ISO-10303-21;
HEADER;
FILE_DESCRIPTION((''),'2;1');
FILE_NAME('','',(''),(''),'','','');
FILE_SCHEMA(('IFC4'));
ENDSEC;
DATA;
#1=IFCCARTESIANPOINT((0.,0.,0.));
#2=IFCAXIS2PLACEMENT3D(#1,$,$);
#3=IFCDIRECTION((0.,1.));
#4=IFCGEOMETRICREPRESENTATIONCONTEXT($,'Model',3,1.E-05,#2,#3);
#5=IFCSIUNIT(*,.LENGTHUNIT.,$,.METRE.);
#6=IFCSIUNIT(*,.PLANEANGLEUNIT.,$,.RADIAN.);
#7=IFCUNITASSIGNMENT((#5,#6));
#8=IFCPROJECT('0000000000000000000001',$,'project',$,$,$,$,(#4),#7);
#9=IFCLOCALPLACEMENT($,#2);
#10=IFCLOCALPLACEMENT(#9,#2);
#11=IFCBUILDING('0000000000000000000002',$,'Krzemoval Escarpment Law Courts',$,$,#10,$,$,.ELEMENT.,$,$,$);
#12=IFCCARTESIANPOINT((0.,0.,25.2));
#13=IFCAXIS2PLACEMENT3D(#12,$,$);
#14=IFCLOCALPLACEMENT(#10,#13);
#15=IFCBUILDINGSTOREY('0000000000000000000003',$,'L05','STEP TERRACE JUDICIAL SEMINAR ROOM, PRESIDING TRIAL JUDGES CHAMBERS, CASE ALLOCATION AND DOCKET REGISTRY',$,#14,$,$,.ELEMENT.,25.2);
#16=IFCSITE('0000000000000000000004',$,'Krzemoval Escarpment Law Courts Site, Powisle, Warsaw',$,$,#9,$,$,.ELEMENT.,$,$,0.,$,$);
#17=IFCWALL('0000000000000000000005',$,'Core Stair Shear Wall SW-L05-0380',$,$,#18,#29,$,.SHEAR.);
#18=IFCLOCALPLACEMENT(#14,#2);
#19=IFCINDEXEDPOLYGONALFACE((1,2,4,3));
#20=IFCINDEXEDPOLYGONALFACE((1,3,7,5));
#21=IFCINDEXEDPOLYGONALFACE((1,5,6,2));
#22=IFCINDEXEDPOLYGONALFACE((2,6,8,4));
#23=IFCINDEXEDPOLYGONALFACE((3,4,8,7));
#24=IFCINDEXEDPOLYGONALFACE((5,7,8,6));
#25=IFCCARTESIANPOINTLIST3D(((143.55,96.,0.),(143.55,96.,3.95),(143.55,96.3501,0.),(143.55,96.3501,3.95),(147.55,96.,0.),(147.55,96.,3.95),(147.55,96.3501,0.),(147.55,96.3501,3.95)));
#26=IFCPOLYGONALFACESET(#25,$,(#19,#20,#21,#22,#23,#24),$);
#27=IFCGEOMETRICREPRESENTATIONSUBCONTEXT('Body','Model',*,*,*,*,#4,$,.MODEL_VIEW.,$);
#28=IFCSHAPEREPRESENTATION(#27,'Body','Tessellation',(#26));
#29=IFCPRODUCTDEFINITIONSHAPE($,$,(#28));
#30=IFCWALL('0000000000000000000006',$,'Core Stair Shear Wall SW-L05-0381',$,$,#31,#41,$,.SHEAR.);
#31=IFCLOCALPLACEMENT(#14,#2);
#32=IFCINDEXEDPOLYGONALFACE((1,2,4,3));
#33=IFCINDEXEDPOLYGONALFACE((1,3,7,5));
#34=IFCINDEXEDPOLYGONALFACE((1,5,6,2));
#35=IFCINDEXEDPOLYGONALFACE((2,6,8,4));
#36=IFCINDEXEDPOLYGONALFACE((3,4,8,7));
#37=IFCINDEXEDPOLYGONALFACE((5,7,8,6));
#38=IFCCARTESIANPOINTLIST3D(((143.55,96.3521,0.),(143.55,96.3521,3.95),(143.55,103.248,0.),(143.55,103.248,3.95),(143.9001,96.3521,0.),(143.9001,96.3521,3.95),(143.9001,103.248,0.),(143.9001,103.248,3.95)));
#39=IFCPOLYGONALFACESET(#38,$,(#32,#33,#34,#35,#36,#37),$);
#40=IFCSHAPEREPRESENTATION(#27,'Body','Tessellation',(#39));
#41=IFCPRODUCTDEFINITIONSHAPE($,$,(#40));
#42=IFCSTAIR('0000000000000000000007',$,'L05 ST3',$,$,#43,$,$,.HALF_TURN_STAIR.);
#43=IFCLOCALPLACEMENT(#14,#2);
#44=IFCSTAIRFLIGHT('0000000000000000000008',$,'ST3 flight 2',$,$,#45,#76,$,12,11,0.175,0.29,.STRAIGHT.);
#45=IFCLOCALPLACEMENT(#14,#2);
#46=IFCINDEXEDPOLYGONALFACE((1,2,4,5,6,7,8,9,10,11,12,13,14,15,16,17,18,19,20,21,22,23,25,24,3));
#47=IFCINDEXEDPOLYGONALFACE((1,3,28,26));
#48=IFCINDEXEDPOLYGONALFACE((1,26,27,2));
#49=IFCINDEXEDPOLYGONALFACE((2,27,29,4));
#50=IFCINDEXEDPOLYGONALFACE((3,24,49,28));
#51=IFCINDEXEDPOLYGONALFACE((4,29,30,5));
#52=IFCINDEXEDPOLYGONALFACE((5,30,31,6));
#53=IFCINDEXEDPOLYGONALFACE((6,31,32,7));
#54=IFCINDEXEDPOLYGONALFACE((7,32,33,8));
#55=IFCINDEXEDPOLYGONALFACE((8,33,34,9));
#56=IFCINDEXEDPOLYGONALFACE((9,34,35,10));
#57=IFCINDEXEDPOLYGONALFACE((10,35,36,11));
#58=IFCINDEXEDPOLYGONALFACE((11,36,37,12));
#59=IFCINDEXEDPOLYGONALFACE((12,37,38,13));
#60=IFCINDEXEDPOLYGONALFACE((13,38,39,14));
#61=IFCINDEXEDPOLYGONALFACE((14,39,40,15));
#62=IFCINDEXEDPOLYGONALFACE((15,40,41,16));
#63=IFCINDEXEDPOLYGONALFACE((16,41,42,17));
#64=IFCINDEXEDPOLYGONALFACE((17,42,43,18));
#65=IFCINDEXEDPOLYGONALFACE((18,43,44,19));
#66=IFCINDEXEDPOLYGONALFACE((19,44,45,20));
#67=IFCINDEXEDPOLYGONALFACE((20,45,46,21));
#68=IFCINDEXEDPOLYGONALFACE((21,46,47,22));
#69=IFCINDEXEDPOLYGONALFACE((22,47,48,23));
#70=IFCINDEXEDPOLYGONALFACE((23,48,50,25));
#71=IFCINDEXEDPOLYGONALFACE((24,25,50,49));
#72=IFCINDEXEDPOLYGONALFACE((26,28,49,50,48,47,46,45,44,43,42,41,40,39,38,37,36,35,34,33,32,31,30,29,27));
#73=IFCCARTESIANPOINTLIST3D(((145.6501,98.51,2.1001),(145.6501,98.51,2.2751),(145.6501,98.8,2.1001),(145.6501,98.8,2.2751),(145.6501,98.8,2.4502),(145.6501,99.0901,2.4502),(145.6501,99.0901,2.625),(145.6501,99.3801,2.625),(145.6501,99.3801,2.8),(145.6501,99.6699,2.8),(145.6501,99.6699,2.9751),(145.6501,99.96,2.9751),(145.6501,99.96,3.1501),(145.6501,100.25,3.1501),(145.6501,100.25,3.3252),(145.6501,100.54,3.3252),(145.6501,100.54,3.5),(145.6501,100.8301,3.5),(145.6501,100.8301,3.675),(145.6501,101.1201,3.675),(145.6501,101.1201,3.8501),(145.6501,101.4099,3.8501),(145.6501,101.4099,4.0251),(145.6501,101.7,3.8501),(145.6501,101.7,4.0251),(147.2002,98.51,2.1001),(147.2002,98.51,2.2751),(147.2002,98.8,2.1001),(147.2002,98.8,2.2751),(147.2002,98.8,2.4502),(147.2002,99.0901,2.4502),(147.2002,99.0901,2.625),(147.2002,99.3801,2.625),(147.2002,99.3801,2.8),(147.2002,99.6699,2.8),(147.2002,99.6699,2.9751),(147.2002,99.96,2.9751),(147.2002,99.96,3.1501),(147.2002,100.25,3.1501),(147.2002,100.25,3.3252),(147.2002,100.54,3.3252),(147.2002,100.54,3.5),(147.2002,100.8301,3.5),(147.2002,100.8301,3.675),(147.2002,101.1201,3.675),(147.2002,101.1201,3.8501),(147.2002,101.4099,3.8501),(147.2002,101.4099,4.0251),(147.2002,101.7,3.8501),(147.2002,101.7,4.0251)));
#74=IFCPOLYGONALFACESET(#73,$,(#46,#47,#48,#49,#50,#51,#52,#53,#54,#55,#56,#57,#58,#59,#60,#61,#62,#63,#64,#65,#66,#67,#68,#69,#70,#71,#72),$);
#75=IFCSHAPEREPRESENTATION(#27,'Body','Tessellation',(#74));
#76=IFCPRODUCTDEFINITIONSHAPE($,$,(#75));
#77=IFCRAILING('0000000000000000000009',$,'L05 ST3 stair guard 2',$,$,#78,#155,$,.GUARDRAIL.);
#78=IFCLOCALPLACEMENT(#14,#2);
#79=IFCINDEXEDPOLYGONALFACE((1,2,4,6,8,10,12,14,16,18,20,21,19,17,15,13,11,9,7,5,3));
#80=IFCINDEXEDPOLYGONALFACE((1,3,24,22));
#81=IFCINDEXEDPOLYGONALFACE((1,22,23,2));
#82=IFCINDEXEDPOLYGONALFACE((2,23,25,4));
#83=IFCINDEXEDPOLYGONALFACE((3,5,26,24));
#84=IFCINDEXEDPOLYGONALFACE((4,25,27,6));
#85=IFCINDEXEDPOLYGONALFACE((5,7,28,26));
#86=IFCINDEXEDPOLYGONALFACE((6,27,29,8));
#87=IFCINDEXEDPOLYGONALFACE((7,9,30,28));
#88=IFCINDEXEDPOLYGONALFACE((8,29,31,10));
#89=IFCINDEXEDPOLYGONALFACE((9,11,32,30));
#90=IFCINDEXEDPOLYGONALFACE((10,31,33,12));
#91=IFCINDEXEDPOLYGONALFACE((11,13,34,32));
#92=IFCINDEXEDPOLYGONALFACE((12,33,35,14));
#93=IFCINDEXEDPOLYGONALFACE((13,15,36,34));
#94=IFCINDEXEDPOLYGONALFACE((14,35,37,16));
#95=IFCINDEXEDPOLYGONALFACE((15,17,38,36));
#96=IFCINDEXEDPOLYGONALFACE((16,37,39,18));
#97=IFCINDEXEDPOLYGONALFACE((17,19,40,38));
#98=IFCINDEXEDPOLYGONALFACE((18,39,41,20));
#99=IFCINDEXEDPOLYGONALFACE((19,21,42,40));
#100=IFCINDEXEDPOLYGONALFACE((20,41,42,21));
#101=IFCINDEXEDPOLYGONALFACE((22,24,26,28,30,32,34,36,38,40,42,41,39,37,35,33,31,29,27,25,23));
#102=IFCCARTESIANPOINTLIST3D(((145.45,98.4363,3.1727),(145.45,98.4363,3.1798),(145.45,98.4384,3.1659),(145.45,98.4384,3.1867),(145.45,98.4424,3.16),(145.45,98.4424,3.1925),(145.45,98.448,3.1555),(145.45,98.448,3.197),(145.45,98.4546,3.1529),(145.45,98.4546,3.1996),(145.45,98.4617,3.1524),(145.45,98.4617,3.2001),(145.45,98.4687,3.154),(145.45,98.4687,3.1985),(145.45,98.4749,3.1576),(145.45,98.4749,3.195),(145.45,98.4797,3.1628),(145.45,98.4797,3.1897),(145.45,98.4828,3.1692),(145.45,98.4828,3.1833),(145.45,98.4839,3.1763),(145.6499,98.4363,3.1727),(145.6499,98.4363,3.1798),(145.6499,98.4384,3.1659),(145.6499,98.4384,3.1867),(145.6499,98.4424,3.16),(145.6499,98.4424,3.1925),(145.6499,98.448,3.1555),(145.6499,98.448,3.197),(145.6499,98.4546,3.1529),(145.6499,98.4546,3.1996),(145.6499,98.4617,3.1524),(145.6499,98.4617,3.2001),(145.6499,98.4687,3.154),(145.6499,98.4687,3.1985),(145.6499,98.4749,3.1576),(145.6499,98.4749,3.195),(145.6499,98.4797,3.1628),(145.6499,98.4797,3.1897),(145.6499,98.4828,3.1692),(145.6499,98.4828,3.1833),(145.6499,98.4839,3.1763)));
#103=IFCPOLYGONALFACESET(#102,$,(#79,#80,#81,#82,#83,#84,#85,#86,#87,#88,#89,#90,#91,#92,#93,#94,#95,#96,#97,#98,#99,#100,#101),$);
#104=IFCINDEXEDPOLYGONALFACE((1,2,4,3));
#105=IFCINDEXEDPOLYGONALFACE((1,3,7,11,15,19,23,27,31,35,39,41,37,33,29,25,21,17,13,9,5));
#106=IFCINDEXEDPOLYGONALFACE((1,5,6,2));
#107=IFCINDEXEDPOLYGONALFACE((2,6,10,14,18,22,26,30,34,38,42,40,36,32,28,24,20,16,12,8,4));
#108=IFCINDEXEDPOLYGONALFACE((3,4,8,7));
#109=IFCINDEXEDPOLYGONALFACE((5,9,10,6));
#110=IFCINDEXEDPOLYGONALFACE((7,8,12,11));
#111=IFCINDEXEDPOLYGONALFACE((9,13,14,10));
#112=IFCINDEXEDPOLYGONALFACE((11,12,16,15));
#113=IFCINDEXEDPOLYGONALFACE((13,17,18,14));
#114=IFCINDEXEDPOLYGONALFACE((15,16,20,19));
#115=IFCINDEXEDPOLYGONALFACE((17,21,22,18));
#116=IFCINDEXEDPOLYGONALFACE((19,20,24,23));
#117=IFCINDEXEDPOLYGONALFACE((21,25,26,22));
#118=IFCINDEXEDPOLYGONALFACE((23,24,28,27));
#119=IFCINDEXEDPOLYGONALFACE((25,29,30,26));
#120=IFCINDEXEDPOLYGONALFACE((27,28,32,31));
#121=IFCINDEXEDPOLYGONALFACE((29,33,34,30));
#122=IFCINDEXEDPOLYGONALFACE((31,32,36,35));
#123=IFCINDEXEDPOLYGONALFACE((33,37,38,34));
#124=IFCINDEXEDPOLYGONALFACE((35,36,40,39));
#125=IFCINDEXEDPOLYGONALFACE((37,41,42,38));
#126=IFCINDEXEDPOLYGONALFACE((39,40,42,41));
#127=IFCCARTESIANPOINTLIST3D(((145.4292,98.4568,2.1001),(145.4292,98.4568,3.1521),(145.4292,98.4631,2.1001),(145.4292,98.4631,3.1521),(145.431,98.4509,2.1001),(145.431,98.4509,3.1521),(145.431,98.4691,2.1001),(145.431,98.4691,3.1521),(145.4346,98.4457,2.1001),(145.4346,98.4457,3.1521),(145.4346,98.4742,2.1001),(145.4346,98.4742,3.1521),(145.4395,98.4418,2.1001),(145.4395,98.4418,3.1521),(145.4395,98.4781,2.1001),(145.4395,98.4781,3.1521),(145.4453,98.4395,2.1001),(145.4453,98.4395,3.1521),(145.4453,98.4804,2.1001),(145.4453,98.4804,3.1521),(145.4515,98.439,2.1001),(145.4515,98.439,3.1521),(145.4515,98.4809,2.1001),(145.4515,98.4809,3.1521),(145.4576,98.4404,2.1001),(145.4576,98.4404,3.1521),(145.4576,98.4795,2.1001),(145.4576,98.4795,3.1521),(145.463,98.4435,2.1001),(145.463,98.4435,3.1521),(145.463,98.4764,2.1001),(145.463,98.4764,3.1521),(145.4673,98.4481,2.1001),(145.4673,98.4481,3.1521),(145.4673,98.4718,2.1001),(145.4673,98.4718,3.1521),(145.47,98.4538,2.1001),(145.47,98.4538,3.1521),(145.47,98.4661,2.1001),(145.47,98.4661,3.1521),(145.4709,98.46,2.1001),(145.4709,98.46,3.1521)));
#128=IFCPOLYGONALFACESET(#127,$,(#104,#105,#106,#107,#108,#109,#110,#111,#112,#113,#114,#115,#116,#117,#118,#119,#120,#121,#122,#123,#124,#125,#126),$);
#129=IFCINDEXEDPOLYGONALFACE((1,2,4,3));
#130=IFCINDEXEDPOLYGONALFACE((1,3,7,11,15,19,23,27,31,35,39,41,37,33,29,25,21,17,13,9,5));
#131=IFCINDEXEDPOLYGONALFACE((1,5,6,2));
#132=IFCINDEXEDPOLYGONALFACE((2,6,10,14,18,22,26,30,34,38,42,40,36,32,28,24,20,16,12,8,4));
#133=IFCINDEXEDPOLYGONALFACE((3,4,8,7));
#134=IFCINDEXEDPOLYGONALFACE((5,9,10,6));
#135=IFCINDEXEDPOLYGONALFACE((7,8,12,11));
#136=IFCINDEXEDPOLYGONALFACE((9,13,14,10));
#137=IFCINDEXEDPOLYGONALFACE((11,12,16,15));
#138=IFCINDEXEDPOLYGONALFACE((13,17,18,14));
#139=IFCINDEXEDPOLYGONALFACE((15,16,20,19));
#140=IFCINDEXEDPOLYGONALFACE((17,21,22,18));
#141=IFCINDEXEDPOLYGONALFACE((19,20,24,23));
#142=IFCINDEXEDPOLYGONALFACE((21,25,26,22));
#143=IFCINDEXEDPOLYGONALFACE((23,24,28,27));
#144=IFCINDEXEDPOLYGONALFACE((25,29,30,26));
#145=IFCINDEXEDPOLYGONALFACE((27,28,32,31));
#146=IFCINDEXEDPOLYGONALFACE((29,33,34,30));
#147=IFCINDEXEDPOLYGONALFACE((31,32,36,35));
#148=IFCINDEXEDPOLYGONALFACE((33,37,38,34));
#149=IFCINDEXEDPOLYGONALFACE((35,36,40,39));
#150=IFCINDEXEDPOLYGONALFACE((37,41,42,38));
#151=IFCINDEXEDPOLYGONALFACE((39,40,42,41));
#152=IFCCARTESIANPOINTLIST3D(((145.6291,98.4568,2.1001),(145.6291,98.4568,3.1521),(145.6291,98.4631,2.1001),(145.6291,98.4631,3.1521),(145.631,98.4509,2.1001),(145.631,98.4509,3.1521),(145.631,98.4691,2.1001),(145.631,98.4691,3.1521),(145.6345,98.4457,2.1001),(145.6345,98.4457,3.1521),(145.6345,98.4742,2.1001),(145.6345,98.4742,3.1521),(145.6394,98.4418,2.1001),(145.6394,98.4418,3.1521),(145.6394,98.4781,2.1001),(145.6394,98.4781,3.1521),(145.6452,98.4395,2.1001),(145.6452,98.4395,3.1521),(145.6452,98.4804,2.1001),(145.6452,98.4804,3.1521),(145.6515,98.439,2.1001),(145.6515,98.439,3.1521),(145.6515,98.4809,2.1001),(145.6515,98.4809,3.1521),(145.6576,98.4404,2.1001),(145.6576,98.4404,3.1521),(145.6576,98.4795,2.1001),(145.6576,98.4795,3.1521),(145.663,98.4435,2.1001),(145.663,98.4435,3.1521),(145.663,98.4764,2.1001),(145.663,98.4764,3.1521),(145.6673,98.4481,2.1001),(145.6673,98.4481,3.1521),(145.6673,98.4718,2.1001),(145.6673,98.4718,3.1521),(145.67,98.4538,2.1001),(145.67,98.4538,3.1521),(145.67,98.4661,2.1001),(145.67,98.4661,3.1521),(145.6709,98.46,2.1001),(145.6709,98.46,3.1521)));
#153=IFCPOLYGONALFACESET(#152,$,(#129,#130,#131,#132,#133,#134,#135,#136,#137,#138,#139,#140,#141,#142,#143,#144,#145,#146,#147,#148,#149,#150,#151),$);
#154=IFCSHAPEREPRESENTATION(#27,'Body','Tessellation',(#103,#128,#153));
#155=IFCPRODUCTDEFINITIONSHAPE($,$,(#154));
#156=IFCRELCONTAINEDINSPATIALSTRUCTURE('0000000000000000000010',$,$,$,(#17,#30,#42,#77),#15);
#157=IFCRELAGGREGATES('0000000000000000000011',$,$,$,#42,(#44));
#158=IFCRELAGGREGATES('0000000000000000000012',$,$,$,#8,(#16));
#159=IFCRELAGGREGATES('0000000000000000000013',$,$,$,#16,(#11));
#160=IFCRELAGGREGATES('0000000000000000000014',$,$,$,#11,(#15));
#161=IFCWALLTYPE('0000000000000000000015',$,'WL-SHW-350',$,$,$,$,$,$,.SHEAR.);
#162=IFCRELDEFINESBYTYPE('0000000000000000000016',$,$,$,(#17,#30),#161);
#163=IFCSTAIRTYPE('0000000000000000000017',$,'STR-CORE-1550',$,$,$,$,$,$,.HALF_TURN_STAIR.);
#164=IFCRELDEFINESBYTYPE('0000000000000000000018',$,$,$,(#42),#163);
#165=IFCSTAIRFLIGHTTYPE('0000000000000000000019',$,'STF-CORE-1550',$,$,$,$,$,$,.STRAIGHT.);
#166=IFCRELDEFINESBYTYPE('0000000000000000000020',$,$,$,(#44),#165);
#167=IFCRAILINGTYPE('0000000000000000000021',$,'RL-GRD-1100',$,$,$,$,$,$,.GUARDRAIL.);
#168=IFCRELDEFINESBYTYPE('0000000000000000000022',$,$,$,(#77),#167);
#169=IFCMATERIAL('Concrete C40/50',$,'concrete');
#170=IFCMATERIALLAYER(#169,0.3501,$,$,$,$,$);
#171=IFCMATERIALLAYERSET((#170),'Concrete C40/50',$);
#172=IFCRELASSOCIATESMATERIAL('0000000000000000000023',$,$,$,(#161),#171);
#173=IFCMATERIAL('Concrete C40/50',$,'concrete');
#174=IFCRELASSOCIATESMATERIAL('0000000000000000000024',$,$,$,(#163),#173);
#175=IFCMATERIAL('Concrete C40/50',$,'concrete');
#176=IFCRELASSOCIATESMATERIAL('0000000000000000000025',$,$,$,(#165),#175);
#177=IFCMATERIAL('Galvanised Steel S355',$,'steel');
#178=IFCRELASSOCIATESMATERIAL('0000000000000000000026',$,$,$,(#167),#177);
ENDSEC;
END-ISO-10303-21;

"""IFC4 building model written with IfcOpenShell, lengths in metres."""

from ifc_helpers import new_model, si_unit, direction, frame, frame_2d, origin, origin_2d, place, context, subcontext, project, spatial, polyline, rectangle, circle, outline, extrude, material, layer, layer_set, type_object, element, aggregate, save


model = new_model("IFC4")

# Units and contexts
model_context = context("Model", 3, precision=1e-05, world=origin(), true_north=direction((0.0, 1.0)))
body_context = subcontext(model_context, "Body", "Model", "MODEL_VIEW")
ifc_project = project(units=[si_unit("LENGTHUNIT", "METRE"), si_unit("PLANEANGLEUNIT", "RADIAN")], contexts=[model_context])

# Site, building, storey
site_placement = place(None, origin())
site = spatial("IfcSite", under=ifc_project, at=site_placement, Name="Krzemoval Escarpment Law Courts Site, Powisle, Warsaw", CompositionType="ELEMENT", RefElevation=0.0)
building_placement = place(site_placement, origin())
building = spatial("IfcBuilding", under=site, at=building_placement, Name="Krzemoval Escarpment Law Courts", CompositionType="ELEMENT")
storey_placement = place(building_placement, frame((0.0, 0.0, 25.2)))
storey = spatial("IfcBuildingStorey", under=building, at=storey_placement, Name="L05", Description="STEP TERRACE JUDICIAL SEMINAR ROOM, PRESIDING TRIAL JUDGES CHAMBERS, CASE ALLOCATION AND DOCKET REGISTRY", CompositionType="ELEMENT", Elevation=25.2)

# Walls
ifc_material_1 = material(Name="Concrete C40/50", Category="concrete")
ifc_layer_1 = layer(ifc_material_1, 0.3501)
ifc_layer_set_1 = layer_set([ifc_layer_1], Name="Concrete C40/50")
wall_type = type_object("IfcWallType", Name="WL-SHW-350", PredefinedType="SHEAR", material=ifc_layer_set_1)
wall_1_placement = place(storey_placement, frame((143.55, 96.175, 0.0), z_axis=(0.0, 0.0, 1.0), x_axis=(1.0, 0.0, 0.0)))
element("IfcWall", 1, at=wall_1_placement, inside=storey, type_object=wall_type, Name="Core Stair Shear Wall SW-L05-0380", PredefinedType="SHEAR", context=body_context, shape_type="SweptSolid", body=[
    extrude(rectangle(XDim=4.0, YDim=0.3501, at=frame_2d((2.0, 0.0))), origin(), (0.0, 0.0, 1.0), 3.95),
])
wall_2_placement = place(storey_placement, frame((143.7251, 96.3521, 0.0), z_axis=(0.0, 0.0, 1.0), x_axis=(0.0, 1.0, 0.0)))
element("IfcWall", 2, at=wall_2_placement, inside=storey, type_object=wall_type, Name="Core Stair Shear Wall SW-L05-0381", PredefinedType="SHEAR", context=body_context, shape_type="SweptSolid", body=[
    extrude(rectangle(XDim=6.896, YDim=0.3501, at=frame_2d((3.448, 0.0))), origin(), (0.0, 0.0, 1.0), 3.95),
])

# Stair, stair flight
ifc_material_2 = material(Name="Concrete C40/50", Category="concrete")
stair_type = type_object("IfcStairType", Name="STR-CORE-1550", PredefinedType="HALF_TURN_STAIR", material=ifc_material_2)
stair_placement = place(storey_placement, origin())
stair = element("IfcStair", 3, at=stair_placement, inside=storey, type_object=stair_type, Name="L05 ST3", PredefinedType="HALF_TURN_STAIR")
ifc_material_3 = material(Name="Concrete C40/50", Category="concrete")
stair_flight_type = type_object("IfcStairFlightType", Name="STF-CORE-1550", PredefinedType="STRAIGHT", material=ifc_material_3)
stair_flight_placement = place(storey_placement, frame((146.425, 98.51, 2.1001), z_axis=(0.0, 0.0, 1.0), x_axis=(0.0, 1.0, 0.0)))
stair_flight = element("IfcStairFlight", 4, at=stair_flight_placement, type_object=stair_flight_type, Name="ST3 flight 2", NumberOfRisers=12, NumberOfTreads=11, PredefinedType="STRAIGHT", RiserHeight=0.175, TreadLength=0.29, context=body_context, shape_type="SweptSolid", body=[
    extrude(outline(polyline([(0.0, 0.0), (0.0, 0.175), (0.29, 0.175), (0.29, 0.3501), (0.5801, 0.3501), (0.5801, 0.5249), (0.8701, 0.5249), (0.8701, 0.7), (1.1599, 0.7), (1.1599, 0.875), (1.45, 0.875), (1.45, 1.05), (1.74, 1.05), (1.74, 1.2251), (2.03, 1.2251), (2.03, 1.3999), (2.3201, 1.3999), (2.3201, 1.575), (2.6101, 1.575), (2.6101, 1.75), (2.8999, 1.75), (2.8999, 1.925), (3.1899, 1.925), (3.1899, 2.1001), (3.1899, 1.75), (0.29, 0.0), (0.0, 0.0)])), frame((0.0, 0.7749, 0.0), z_axis=(0.0, -1.0, 0.0), x_axis=(1.0, 0.0, 0.0)), (0.0, 0.0, 1.0), 1.55),
])
aggregate(stair, [stair_flight])

# Railing
ifc_material_4 = material(Name="Galvanised Steel S355", Category="steel")
railing_type = type_object("IfcRailingType", Name="RL-GRD-1100", PredefinedType="GUARDRAIL", material=ifc_material_4)
railing_1_placement = place(storey_placement, frame((145.45, 98.46, 2.1001)))
element("IfcRailing", 5, at=railing_1_placement, inside=storey, type_object=railing_type, Name="L05 ST3 stair guard 2", PredefinedType="GUARDRAIL", context=body_context, shape_type="SweptSolid", body=[
    extrude(circle(Radius=0.0239, at=origin_2d()), frame((0.0, 0.0, 1.0762), z_axis=(1.0, 0.0, 0.0), x_axis=(0.0, 1.0, 0.0)), (0.0, 0.0, 1.0), 0.2),
    extrude(circle(Radius=0.021, at=origin_2d()), origin(), (0.0, 0.0, 1.0), 1.052),
    extrude(circle(Radius=0.021, at=origin_2d()), frame((0.2, 0.0, 0.0)), (0.0, 0.0, 1.0), 1.052),
])

save(model, "model.ifc")
